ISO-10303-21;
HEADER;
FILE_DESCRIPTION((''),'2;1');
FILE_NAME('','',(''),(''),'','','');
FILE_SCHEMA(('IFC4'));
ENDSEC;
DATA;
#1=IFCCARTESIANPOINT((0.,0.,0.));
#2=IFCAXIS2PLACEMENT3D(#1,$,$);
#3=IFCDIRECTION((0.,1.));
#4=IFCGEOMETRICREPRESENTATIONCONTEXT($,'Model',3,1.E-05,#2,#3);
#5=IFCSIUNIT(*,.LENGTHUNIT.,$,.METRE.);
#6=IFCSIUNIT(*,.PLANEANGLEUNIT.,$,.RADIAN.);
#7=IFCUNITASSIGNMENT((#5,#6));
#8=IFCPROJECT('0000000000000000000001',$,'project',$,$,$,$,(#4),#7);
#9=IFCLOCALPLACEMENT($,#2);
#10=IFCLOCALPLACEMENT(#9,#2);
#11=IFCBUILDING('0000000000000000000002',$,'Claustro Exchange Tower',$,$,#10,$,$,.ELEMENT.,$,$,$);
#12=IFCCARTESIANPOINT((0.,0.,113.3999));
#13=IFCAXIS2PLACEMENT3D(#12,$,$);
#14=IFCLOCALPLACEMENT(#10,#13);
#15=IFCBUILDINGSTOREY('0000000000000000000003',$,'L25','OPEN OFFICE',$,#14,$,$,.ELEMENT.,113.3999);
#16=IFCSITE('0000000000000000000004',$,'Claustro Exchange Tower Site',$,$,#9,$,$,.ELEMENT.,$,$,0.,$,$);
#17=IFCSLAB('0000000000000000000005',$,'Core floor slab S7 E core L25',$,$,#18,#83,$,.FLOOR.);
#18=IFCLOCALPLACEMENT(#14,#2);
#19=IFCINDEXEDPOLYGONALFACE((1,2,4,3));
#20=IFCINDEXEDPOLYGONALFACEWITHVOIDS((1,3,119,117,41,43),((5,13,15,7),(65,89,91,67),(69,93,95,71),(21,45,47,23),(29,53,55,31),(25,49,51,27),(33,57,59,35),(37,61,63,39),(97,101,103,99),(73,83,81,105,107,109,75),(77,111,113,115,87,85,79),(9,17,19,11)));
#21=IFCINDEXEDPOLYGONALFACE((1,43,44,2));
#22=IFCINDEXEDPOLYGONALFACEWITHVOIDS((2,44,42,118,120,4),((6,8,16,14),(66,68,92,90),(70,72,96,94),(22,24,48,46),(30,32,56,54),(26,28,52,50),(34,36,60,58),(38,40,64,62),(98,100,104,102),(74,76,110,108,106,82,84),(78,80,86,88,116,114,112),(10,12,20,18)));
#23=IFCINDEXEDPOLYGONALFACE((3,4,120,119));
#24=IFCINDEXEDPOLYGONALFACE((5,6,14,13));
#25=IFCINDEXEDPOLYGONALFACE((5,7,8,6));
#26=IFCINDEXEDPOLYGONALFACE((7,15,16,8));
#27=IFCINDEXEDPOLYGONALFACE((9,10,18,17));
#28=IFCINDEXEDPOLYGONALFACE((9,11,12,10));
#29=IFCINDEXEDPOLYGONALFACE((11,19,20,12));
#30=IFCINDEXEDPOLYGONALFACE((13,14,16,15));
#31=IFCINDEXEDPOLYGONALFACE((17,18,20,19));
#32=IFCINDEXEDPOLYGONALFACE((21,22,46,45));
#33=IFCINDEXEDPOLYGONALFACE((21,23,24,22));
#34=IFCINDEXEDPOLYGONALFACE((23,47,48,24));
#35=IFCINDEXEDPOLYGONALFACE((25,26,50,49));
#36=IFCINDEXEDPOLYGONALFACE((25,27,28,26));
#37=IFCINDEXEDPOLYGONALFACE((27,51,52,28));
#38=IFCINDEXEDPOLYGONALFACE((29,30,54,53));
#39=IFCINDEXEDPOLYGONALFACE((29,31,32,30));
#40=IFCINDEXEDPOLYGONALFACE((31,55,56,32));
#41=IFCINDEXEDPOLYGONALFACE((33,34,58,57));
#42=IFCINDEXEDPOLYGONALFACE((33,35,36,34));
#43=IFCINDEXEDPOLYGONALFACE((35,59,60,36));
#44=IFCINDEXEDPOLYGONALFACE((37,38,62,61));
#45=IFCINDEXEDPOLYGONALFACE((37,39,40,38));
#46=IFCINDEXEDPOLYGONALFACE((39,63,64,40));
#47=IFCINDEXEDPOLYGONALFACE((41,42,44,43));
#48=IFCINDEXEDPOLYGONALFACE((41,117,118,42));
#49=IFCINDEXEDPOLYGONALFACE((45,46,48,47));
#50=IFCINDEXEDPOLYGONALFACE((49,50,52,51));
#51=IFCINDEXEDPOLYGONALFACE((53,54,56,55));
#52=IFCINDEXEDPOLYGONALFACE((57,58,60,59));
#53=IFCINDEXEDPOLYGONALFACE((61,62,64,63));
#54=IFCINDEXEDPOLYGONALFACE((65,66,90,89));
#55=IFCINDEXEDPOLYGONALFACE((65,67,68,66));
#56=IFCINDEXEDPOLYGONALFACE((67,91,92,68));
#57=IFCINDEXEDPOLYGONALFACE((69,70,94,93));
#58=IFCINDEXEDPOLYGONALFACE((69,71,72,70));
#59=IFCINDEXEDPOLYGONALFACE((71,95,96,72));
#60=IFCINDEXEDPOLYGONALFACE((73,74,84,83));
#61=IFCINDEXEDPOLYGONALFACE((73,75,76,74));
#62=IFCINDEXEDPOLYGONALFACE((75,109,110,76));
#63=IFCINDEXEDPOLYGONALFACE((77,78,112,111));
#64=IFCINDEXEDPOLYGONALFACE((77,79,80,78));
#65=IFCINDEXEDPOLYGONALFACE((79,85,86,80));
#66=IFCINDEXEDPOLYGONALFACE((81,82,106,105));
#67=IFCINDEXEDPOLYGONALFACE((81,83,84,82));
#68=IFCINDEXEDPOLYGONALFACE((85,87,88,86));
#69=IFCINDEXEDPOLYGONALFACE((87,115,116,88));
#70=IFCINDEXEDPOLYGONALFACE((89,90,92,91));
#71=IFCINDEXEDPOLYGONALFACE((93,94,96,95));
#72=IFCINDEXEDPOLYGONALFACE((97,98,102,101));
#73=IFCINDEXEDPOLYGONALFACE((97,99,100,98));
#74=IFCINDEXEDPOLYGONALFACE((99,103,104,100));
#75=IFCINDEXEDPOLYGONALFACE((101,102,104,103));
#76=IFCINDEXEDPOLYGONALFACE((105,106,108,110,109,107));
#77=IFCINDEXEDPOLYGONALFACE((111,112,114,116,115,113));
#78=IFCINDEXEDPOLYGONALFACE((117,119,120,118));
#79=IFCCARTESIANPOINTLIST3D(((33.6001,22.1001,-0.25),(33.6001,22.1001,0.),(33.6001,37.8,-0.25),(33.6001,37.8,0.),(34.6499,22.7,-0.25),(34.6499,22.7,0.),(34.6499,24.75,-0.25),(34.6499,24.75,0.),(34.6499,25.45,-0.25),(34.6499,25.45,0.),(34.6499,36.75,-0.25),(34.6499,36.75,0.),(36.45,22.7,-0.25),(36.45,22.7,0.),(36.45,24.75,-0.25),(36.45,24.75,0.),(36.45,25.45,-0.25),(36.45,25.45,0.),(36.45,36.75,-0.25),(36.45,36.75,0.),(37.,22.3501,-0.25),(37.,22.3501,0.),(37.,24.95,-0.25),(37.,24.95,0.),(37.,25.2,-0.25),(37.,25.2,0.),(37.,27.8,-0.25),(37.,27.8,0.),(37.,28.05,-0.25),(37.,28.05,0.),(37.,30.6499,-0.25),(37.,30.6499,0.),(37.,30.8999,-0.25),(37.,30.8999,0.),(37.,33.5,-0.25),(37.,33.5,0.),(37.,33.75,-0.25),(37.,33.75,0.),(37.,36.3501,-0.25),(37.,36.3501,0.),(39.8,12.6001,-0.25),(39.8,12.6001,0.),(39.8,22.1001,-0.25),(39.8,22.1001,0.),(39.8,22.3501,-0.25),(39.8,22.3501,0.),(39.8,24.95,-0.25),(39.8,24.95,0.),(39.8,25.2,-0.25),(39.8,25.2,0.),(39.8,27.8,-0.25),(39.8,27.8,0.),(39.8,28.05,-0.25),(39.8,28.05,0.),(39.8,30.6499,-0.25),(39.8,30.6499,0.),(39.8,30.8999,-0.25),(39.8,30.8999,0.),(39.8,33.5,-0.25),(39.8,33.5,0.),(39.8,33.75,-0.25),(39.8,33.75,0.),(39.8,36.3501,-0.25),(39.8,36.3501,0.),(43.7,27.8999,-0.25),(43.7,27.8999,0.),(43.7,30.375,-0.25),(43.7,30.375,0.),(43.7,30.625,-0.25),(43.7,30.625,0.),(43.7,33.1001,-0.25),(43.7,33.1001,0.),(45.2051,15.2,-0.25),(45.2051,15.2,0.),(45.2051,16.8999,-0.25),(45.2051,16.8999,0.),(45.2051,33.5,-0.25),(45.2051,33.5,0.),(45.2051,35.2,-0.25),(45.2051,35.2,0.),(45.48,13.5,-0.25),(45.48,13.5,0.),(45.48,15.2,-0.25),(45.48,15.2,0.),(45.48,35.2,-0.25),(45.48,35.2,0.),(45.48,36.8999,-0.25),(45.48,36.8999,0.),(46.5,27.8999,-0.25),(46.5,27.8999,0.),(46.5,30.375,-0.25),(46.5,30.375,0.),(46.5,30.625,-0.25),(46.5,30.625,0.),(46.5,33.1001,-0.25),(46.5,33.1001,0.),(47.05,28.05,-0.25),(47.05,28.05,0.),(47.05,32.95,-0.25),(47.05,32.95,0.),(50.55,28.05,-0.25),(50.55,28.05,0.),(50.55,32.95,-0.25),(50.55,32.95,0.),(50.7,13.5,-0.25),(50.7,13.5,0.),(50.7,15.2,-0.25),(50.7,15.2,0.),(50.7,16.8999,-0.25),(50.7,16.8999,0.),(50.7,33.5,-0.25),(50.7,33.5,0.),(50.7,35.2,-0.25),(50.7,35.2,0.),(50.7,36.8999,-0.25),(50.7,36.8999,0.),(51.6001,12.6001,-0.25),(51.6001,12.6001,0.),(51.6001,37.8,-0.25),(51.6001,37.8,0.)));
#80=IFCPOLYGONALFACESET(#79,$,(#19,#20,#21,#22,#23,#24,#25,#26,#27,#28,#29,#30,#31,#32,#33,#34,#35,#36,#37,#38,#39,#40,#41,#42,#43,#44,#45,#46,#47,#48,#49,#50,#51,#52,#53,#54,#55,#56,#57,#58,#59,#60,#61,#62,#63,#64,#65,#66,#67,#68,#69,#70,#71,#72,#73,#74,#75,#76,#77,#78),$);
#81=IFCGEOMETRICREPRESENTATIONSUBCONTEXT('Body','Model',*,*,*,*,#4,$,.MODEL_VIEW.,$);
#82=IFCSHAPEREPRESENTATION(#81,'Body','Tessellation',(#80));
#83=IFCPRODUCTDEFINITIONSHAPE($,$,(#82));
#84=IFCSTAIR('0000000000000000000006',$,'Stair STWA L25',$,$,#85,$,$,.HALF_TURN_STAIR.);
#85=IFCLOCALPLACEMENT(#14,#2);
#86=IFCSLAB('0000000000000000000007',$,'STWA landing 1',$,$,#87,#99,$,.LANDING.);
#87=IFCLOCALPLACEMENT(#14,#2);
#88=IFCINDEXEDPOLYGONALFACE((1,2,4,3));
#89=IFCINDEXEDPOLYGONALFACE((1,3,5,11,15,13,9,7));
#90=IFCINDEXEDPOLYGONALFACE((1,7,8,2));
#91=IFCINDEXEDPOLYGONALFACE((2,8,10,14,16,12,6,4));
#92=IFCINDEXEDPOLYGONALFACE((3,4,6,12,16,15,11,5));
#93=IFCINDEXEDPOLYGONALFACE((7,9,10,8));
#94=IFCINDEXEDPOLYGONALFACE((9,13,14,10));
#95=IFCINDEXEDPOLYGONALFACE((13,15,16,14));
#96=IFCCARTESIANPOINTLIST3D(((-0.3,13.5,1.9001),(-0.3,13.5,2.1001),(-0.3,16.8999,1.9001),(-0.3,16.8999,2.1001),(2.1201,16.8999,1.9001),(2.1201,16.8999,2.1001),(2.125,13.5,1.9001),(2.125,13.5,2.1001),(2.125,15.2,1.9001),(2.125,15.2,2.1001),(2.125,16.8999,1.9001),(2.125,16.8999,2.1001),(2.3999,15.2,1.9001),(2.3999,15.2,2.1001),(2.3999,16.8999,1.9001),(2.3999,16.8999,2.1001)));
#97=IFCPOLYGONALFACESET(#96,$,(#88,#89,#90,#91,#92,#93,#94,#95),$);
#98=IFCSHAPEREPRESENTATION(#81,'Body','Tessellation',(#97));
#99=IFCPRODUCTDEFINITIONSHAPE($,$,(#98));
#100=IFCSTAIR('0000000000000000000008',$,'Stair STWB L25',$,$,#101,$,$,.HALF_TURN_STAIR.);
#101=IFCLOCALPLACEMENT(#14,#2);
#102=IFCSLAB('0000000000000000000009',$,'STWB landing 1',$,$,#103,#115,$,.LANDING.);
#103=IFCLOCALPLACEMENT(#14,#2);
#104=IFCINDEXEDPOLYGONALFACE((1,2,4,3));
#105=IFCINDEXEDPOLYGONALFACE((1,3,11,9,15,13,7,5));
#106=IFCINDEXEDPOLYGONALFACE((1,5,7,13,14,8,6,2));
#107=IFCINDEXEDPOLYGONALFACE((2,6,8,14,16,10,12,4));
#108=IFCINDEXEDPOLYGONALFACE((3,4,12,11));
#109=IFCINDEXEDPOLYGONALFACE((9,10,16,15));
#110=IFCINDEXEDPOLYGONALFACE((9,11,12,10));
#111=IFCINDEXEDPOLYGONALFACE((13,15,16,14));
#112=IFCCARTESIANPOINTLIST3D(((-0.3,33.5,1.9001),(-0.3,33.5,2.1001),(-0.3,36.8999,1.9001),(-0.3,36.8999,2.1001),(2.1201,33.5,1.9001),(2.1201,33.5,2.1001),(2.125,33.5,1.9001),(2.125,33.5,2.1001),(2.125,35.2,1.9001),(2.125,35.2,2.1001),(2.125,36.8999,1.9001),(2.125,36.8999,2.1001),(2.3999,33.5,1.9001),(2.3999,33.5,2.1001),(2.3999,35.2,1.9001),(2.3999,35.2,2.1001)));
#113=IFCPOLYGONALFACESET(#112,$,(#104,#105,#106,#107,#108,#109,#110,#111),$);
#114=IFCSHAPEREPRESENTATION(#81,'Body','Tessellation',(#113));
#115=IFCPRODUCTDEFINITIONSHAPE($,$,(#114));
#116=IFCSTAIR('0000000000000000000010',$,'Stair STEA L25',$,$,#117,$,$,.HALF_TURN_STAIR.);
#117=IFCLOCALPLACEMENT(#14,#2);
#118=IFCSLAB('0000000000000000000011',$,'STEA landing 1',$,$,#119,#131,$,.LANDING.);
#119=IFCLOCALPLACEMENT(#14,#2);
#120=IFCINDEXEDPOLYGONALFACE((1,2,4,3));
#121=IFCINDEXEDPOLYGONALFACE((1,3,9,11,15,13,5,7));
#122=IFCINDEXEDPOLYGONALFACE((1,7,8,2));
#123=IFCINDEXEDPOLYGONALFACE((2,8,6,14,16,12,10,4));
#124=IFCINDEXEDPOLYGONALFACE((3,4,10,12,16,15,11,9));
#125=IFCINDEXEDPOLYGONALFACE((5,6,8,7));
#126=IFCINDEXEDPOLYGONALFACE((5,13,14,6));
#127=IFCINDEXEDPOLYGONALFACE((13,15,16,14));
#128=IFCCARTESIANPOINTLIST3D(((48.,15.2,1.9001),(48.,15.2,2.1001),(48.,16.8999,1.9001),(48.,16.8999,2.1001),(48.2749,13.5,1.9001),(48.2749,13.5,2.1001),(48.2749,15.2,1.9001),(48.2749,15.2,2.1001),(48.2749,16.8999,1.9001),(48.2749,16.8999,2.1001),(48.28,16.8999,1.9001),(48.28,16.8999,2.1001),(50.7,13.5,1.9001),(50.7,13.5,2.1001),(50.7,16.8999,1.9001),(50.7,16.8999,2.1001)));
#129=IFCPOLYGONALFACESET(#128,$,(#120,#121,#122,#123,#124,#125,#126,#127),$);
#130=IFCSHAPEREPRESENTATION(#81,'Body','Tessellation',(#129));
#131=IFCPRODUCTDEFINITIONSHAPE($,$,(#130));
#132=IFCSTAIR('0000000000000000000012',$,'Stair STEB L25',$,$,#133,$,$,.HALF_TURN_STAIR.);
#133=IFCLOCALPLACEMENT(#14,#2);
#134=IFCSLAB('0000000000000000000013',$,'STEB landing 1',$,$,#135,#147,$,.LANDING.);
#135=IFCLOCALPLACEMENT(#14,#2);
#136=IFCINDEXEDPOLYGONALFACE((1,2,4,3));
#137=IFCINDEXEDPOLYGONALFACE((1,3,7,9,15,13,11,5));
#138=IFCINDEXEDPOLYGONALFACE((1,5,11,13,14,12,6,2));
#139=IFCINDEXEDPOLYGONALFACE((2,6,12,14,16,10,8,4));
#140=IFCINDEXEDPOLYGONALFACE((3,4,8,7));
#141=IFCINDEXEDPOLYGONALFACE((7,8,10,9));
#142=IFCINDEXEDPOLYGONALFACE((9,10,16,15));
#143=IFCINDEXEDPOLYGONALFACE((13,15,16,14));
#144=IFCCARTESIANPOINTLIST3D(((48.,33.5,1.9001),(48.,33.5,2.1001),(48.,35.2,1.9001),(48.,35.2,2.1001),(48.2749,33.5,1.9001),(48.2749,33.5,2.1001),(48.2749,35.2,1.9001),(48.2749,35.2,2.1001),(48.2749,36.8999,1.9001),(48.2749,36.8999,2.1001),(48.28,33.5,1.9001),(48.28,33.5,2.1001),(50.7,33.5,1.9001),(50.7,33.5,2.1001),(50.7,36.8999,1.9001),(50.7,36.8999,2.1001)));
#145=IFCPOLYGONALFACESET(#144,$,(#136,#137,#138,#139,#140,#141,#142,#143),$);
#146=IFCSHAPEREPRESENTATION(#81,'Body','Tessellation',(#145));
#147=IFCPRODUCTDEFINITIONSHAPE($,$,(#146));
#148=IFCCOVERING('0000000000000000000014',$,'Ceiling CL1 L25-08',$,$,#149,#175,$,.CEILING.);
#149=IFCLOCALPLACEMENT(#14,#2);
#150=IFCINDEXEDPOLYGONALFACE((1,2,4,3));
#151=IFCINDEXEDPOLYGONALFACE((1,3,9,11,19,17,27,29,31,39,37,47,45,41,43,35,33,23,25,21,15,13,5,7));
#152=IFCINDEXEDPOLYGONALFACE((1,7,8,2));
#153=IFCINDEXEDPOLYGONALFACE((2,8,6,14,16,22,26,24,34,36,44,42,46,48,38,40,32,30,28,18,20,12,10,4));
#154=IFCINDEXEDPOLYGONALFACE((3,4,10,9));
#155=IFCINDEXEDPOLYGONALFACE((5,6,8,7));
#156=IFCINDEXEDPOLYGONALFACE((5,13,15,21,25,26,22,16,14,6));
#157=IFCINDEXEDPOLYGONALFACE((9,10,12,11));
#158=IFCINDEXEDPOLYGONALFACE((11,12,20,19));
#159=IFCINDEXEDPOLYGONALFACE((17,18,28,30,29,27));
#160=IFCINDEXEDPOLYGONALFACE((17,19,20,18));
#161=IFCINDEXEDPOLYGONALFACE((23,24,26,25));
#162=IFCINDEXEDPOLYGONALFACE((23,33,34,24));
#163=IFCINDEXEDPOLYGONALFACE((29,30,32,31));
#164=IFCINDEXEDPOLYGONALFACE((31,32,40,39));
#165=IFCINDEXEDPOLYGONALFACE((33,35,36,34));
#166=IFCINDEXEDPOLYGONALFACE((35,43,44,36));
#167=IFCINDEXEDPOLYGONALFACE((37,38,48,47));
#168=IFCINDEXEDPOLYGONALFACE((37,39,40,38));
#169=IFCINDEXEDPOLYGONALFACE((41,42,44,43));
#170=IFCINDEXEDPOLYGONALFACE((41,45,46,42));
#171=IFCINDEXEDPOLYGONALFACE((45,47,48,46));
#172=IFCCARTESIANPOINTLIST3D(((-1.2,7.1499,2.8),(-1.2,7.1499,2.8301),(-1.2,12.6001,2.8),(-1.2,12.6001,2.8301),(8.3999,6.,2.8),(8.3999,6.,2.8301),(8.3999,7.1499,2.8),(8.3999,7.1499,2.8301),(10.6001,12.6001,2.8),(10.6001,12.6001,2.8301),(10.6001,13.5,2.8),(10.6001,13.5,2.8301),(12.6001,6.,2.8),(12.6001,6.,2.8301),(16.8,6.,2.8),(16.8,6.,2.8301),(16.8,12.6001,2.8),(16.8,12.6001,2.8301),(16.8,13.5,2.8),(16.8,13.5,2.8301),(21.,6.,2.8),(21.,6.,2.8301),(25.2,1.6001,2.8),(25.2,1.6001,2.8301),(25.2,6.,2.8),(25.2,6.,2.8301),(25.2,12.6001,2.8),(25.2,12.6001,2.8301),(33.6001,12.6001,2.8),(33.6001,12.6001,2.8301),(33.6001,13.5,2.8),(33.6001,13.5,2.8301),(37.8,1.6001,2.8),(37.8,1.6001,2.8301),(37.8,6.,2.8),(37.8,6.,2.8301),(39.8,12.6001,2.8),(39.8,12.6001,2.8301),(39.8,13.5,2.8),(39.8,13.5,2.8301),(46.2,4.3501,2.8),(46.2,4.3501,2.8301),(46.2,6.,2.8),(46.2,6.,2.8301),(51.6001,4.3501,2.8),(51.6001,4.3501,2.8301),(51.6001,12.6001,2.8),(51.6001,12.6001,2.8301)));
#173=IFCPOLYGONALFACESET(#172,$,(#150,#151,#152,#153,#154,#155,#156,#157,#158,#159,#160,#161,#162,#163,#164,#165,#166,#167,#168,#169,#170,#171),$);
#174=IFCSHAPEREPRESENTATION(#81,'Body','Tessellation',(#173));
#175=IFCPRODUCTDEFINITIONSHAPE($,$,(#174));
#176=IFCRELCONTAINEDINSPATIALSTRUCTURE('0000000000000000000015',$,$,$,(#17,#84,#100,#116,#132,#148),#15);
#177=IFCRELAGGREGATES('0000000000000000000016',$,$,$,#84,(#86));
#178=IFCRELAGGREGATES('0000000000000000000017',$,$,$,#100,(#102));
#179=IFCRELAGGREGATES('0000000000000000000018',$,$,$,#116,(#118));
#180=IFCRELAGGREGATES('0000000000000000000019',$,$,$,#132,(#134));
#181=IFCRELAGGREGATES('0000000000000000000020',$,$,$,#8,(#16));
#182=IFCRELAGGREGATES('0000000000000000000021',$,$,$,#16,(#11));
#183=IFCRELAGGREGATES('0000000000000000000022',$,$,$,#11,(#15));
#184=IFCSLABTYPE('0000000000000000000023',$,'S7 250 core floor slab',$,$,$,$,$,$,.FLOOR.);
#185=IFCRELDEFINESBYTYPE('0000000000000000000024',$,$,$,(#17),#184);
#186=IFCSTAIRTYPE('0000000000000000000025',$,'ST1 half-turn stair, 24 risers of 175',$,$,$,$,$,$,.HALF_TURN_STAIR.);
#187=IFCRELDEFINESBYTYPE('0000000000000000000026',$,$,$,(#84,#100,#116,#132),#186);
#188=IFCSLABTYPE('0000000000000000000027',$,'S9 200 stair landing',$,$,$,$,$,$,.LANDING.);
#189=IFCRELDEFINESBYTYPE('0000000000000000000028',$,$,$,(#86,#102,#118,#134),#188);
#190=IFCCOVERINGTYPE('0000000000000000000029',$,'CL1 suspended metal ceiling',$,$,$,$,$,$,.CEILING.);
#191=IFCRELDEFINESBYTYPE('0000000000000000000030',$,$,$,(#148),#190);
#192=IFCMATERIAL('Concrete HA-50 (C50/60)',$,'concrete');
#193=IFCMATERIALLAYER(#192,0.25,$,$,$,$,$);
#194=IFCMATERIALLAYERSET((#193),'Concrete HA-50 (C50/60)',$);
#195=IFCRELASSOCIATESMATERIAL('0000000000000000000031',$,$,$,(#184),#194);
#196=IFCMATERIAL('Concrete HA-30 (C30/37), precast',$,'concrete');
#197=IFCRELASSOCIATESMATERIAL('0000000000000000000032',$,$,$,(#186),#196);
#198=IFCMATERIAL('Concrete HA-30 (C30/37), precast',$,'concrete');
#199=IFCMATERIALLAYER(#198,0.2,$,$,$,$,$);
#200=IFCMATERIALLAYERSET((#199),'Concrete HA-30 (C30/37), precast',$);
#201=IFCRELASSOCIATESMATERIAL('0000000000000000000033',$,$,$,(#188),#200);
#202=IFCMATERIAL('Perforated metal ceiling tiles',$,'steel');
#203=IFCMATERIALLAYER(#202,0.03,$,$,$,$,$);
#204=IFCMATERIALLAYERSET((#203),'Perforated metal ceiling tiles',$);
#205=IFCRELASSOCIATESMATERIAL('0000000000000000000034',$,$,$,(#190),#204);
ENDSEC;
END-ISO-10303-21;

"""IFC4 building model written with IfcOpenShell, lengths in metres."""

from ifc_helpers import new_model, si_unit, direction, frame, origin, place, context, subcontext, project, spatial, polyline, outline, extrude, material, layer, layer_set, type_object, element, aggregate, save


model = new_model("IFC4")

# Units and contexts
model_context = context("Model", 3, precision=1e-05, world=origin(), true_north=direction((0.0, 1.0)))
body_context = subcontext(model_context, "Body", "Model", "MODEL_VIEW")
ifc_project = project(units=[si_unit("LENGTHUNIT", "METRE"), si_unit("PLANEANGLEUNIT", "RADIAN")], contexts=[model_context])

# Site, building, storey
site_placement = place(None, origin())
site = spatial("IfcSite", under=ifc_project, at=site_placement, Name="Claustro Exchange Tower Site", CompositionType="ELEMENT", RefElevation=0.0)
building_placement = place(site_placement, origin())
building = spatial("IfcBuilding", under=site, at=building_placement, Name="Claustro Exchange Tower", CompositionType="ELEMENT")
storey_placement = place(building_placement, frame((0.0, 0.0, 113.3999)))
storey = spatial("IfcBuildingStorey", under=building, at=storey_placement, Name="L25", Description="OPEN OFFICE", CompositionType="ELEMENT", Elevation=113.3999)

# Slab
ifc_material_1 = material(Name="Concrete HA-50 (C50/60)", Category="concrete")
ifc_layer_1 = layer(ifc_material_1, 0.25)
ifc_layer_set_1 = layer_set([ifc_layer_1], Name="Concrete HA-50 (C50/60)")
slab_type_1 = type_object("IfcSlabType", Name="S7 250 core floor slab", PredefinedType="FLOOR", material=ifc_layer_set_1)
slab_1_placement = place(storey_placement, frame((0.0, 0.0, -0.25)))
element("IfcSlab", 1, at=slab_1_placement, inside=storey, type_object=slab_type_1, Name="Core floor slab S7 E core L25", PredefinedType="FLOOR", context=body_context, shape_type="SweptSolid", body=[
    extrude(outline(polyline([(51.6001, 37.8), (33.6001, 37.8), (33.6001, 22.1001), (39.8, 22.1001), (39.8, 12.6001), (51.6001, 12.6001), (51.6001, 37.8)]), holes=[polyline([(45.48, 15.2), (45.2051, 15.2), (45.2051, 16.8999), (50.7, 16.8999), (50.7, 15.2), (50.7, 13.5), (45.48, 13.5), (45.48, 15.2)]), polyline([(45.48, 35.2), (45.48, 36.8999), (50.7, 36.8999), (50.7, 35.2), (50.7, 33.5), (45.2051, 33.5), (45.2051, 35.2), (45.48, 35.2)]), polyline([(50.55, 32.95), (50.55, 28.05), (47.05, 28.05), (47.05, 32.95), (50.55, 32.95)]), polyline([(43.7, 33.1001), (46.5, 33.1001), (46.5, 30.625), (43.7, 30.625), (43.7, 33.1001)]), polyline([(46.5, 30.375), (46.5, 27.8999), (43.7, 27.8999), (43.7, 30.375), (46.5, 30.375)]), polyline([(37.0, 24.95), (39.8, 24.95), (39.8, 22.3501), (37.0, 22.3501), (37.0, 24.95)]), polyline([(37.0, 30.6499), (39.8, 30.6499), (39.8, 28.05), (37.0, 28.05), (37.0, 30.6499)]), polyline([(39.8, 27.8), (39.8, 25.2), (37.0, 25.2), (37.0, 27.8), (39.8, 27.8)]), polyline([(39.8, 33.5), (39.8, 30.8999), (37.0, 30.8999), (37.0, 33.5), (39.8, 33.5)]), polyline([(39.8, 36.3501), (39.8, 33.75), (37.0, 33.75), (37.0, 36.3501), (39.8, 36.3501)]), polyline([(36.45, 24.75), (36.45, 22.7), (34.6499, 22.7), (34.6499, 24.75), (36.45, 24.75)]), polyline([(36.45, 36.75), (36.45, 25.45), (34.6499, 25.45), (34.6499, 36.75), (36.45, 36.75)])]), origin(), (0.0, 0.0, 1.0), 0.25),
])

# Stairs, slabs
ifc_material_2 = material(Name="Concrete HA-30 (C30/37), precast", Category="concrete")
stair_type = type_object("IfcStairType", Name="ST1 half-turn stair, 24 risers of 175", PredefinedType="HALF_TURN_STAIR", material=ifc_material_2)
stair_1_placement = place(storey_placement, origin())
stair_1 = element("IfcStair", 2, at=stair_1_placement, inside=storey, type_object=stair_type, Name="Stair STWA L25", PredefinedType="HALF_TURN_STAIR")
ifc_material_3 = material(Name="Concrete HA-30 (C30/37), precast", Category="concrete")
ifc_layer_2 = layer(ifc_material_3, 0.2)
ifc_layer_set_2 = layer_set([ifc_layer_2], Name="Concrete HA-30 (C30/37), precast")
slab_type_2 = type_object("IfcSlabType", Name="S9 200 stair landing", PredefinedType="LANDING", material=ifc_layer_set_2)
slab_2_placement = place(storey_placement, frame((0.0, 0.0, 1.9001)))
slab_2 = element("IfcSlab", 3, at=slab_2_placement, type_object=slab_type_2, Name="STWA landing 1", PredefinedType="LANDING", context=body_context, shape_type="SweptSolid", body=[
    extrude(outline(polyline([(2.125, 13.5), (-0.3, 13.5), (-0.3, 16.8999), (2.1201, 16.8999), (2.125, 16.8999), (2.3999, 16.8999), (2.3999, 15.2), (2.125, 15.2), (2.125, 13.5)])), origin(), (0.0, 0.0, 1.0), 0.2),
])
aggregate(stair_1, [slab_2])
stair_2_placement = place(storey_placement, origin())
stair_2 = element("IfcStair", 4, at=stair_2_placement, inside=storey, type_object=stair_type, Name="Stair STWB L25", PredefinedType="HALF_TURN_STAIR")
slab_3_placement = place(storey_placement, frame((0.0, 0.0, 1.9001)))
slab_3 = element("IfcSlab", 5, at=slab_3_placement, type_object=slab_type_2, Name="STWB landing 1", PredefinedType="LANDING", context=body_context, shape_type="SweptSolid", body=[
    extrude(outline(polyline([(2.3999, 35.2), (2.3999, 33.5), (2.125, 33.5), (2.1201, 33.5), (-0.3, 33.5), (-0.3, 36.8999), (2.125, 36.8999), (2.125, 35.2), (2.3999, 35.2)])), origin(), (0.0, 0.0, 1.0), 0.2),
])
aggregate(stair_2, [slab_3])
stair_3_placement = place(storey_placement, origin())
stair_3 = element("IfcStair", 6, at=stair_3_placement, inside=storey, type_object=stair_type, Name="Stair STEA L25", PredefinedType="HALF_TURN_STAIR")
slab_4_placement = place(storey_placement, frame((0.0, 0.0, 1.9001)))
slab_4 = element("IfcSlab", 7, at=slab_4_placement, type_object=slab_type_2, Name="STEA landing 1", PredefinedType="LANDING", context=body_context, shape_type="SweptSolid", body=[
    extrude(outline(polyline([(50.7, 16.8999), (50.7, 13.5), (48.2749, 13.5), (48.2749, 15.2), (48.0, 15.2), (48.0, 16.8999), (48.2749, 16.8999), (48.28, 16.8999), (50.7, 16.8999)])), origin(), (0.0, 0.0, 1.0), 0.2),
])
aggregate(stair_3, [slab_4])
stair_4_placement = place(storey_placement, origin())
stair_4 = element("IfcStair", 8, at=stair_4_placement, inside=storey, type_object=stair_type, Name="Stair STEB L25", PredefinedType="HALF_TURN_STAIR")
slab_5_placement = place(storey_placement, frame((0.0, 0.0, 1.9001)))
slab_5 = element("IfcSlab", 9, at=slab_5_placement, type_object=slab_type_2, Name="STEB landing 1", PredefinedType="LANDING", context=body_context, shape_type="SweptSolid", body=[
    extrude(outline(polyline([(48.0, 33.5), (48.0, 35.2), (48.2749, 35.2), (48.2749, 36.8999), (50.7, 36.8999), (50.7, 33.5), (48.28, 33.5), (48.2749, 33.5), (48.0, 33.5)])), origin(), (0.0, 0.0, 1.0), 0.2),
])
aggregate(stair_4, [slab_5])

# Covering
ifc_material_4 = material(Name="Perforated metal ceiling tiles", Category="steel")
ifc_layer_3 = layer(ifc_material_4, 0.03)
ifc_layer_set_3 = layer_set([ifc_layer_3], Name="Perforated metal ceiling tiles")
covering_type_1 = type_object("IfcCoveringType", Name="CL1 suspended metal ceiling", PredefinedType="CEILING", material=ifc_layer_set_3)
covering_1_placement = place(storey_placement, frame((0.0, 0.0, 2.8)))
element("IfcCovering", 10, at=covering_1_placement, inside=storey, type_object=covering_type_1, Name="Ceiling CL1 L25-08", PredefinedType="CEILING", context=body_context, shape_type="SweptSolid", body=[
    extrude(outline(polyline([(10.6001, 12.6001), (-1.2, 12.6001), (-1.2, 7.1499), (8.3999, 7.1499), (8.3999, 6.0), (12.6001, 6.0), (16.8, 6.0), (21.0, 6.0), (25.2, 6.0), (25.2, 1.6001), (37.8, 1.6001), (37.8, 6.0), (46.2, 6.0), (46.2, 4.3501), (51.6001, 4.3501), (51.6001, 12.6001), (39.8, 12.6001), (39.8, 13.5), (33.6001, 13.5), (33.6001, 12.6001), (25.2, 12.6001), (16.8, 12.6001), (16.8, 13.5), (10.6001, 13.5), (10.6001, 12.6001)])), origin(), (0.0, 0.0, 1.0), 0.03),
])

save(model, "model.ifc")
